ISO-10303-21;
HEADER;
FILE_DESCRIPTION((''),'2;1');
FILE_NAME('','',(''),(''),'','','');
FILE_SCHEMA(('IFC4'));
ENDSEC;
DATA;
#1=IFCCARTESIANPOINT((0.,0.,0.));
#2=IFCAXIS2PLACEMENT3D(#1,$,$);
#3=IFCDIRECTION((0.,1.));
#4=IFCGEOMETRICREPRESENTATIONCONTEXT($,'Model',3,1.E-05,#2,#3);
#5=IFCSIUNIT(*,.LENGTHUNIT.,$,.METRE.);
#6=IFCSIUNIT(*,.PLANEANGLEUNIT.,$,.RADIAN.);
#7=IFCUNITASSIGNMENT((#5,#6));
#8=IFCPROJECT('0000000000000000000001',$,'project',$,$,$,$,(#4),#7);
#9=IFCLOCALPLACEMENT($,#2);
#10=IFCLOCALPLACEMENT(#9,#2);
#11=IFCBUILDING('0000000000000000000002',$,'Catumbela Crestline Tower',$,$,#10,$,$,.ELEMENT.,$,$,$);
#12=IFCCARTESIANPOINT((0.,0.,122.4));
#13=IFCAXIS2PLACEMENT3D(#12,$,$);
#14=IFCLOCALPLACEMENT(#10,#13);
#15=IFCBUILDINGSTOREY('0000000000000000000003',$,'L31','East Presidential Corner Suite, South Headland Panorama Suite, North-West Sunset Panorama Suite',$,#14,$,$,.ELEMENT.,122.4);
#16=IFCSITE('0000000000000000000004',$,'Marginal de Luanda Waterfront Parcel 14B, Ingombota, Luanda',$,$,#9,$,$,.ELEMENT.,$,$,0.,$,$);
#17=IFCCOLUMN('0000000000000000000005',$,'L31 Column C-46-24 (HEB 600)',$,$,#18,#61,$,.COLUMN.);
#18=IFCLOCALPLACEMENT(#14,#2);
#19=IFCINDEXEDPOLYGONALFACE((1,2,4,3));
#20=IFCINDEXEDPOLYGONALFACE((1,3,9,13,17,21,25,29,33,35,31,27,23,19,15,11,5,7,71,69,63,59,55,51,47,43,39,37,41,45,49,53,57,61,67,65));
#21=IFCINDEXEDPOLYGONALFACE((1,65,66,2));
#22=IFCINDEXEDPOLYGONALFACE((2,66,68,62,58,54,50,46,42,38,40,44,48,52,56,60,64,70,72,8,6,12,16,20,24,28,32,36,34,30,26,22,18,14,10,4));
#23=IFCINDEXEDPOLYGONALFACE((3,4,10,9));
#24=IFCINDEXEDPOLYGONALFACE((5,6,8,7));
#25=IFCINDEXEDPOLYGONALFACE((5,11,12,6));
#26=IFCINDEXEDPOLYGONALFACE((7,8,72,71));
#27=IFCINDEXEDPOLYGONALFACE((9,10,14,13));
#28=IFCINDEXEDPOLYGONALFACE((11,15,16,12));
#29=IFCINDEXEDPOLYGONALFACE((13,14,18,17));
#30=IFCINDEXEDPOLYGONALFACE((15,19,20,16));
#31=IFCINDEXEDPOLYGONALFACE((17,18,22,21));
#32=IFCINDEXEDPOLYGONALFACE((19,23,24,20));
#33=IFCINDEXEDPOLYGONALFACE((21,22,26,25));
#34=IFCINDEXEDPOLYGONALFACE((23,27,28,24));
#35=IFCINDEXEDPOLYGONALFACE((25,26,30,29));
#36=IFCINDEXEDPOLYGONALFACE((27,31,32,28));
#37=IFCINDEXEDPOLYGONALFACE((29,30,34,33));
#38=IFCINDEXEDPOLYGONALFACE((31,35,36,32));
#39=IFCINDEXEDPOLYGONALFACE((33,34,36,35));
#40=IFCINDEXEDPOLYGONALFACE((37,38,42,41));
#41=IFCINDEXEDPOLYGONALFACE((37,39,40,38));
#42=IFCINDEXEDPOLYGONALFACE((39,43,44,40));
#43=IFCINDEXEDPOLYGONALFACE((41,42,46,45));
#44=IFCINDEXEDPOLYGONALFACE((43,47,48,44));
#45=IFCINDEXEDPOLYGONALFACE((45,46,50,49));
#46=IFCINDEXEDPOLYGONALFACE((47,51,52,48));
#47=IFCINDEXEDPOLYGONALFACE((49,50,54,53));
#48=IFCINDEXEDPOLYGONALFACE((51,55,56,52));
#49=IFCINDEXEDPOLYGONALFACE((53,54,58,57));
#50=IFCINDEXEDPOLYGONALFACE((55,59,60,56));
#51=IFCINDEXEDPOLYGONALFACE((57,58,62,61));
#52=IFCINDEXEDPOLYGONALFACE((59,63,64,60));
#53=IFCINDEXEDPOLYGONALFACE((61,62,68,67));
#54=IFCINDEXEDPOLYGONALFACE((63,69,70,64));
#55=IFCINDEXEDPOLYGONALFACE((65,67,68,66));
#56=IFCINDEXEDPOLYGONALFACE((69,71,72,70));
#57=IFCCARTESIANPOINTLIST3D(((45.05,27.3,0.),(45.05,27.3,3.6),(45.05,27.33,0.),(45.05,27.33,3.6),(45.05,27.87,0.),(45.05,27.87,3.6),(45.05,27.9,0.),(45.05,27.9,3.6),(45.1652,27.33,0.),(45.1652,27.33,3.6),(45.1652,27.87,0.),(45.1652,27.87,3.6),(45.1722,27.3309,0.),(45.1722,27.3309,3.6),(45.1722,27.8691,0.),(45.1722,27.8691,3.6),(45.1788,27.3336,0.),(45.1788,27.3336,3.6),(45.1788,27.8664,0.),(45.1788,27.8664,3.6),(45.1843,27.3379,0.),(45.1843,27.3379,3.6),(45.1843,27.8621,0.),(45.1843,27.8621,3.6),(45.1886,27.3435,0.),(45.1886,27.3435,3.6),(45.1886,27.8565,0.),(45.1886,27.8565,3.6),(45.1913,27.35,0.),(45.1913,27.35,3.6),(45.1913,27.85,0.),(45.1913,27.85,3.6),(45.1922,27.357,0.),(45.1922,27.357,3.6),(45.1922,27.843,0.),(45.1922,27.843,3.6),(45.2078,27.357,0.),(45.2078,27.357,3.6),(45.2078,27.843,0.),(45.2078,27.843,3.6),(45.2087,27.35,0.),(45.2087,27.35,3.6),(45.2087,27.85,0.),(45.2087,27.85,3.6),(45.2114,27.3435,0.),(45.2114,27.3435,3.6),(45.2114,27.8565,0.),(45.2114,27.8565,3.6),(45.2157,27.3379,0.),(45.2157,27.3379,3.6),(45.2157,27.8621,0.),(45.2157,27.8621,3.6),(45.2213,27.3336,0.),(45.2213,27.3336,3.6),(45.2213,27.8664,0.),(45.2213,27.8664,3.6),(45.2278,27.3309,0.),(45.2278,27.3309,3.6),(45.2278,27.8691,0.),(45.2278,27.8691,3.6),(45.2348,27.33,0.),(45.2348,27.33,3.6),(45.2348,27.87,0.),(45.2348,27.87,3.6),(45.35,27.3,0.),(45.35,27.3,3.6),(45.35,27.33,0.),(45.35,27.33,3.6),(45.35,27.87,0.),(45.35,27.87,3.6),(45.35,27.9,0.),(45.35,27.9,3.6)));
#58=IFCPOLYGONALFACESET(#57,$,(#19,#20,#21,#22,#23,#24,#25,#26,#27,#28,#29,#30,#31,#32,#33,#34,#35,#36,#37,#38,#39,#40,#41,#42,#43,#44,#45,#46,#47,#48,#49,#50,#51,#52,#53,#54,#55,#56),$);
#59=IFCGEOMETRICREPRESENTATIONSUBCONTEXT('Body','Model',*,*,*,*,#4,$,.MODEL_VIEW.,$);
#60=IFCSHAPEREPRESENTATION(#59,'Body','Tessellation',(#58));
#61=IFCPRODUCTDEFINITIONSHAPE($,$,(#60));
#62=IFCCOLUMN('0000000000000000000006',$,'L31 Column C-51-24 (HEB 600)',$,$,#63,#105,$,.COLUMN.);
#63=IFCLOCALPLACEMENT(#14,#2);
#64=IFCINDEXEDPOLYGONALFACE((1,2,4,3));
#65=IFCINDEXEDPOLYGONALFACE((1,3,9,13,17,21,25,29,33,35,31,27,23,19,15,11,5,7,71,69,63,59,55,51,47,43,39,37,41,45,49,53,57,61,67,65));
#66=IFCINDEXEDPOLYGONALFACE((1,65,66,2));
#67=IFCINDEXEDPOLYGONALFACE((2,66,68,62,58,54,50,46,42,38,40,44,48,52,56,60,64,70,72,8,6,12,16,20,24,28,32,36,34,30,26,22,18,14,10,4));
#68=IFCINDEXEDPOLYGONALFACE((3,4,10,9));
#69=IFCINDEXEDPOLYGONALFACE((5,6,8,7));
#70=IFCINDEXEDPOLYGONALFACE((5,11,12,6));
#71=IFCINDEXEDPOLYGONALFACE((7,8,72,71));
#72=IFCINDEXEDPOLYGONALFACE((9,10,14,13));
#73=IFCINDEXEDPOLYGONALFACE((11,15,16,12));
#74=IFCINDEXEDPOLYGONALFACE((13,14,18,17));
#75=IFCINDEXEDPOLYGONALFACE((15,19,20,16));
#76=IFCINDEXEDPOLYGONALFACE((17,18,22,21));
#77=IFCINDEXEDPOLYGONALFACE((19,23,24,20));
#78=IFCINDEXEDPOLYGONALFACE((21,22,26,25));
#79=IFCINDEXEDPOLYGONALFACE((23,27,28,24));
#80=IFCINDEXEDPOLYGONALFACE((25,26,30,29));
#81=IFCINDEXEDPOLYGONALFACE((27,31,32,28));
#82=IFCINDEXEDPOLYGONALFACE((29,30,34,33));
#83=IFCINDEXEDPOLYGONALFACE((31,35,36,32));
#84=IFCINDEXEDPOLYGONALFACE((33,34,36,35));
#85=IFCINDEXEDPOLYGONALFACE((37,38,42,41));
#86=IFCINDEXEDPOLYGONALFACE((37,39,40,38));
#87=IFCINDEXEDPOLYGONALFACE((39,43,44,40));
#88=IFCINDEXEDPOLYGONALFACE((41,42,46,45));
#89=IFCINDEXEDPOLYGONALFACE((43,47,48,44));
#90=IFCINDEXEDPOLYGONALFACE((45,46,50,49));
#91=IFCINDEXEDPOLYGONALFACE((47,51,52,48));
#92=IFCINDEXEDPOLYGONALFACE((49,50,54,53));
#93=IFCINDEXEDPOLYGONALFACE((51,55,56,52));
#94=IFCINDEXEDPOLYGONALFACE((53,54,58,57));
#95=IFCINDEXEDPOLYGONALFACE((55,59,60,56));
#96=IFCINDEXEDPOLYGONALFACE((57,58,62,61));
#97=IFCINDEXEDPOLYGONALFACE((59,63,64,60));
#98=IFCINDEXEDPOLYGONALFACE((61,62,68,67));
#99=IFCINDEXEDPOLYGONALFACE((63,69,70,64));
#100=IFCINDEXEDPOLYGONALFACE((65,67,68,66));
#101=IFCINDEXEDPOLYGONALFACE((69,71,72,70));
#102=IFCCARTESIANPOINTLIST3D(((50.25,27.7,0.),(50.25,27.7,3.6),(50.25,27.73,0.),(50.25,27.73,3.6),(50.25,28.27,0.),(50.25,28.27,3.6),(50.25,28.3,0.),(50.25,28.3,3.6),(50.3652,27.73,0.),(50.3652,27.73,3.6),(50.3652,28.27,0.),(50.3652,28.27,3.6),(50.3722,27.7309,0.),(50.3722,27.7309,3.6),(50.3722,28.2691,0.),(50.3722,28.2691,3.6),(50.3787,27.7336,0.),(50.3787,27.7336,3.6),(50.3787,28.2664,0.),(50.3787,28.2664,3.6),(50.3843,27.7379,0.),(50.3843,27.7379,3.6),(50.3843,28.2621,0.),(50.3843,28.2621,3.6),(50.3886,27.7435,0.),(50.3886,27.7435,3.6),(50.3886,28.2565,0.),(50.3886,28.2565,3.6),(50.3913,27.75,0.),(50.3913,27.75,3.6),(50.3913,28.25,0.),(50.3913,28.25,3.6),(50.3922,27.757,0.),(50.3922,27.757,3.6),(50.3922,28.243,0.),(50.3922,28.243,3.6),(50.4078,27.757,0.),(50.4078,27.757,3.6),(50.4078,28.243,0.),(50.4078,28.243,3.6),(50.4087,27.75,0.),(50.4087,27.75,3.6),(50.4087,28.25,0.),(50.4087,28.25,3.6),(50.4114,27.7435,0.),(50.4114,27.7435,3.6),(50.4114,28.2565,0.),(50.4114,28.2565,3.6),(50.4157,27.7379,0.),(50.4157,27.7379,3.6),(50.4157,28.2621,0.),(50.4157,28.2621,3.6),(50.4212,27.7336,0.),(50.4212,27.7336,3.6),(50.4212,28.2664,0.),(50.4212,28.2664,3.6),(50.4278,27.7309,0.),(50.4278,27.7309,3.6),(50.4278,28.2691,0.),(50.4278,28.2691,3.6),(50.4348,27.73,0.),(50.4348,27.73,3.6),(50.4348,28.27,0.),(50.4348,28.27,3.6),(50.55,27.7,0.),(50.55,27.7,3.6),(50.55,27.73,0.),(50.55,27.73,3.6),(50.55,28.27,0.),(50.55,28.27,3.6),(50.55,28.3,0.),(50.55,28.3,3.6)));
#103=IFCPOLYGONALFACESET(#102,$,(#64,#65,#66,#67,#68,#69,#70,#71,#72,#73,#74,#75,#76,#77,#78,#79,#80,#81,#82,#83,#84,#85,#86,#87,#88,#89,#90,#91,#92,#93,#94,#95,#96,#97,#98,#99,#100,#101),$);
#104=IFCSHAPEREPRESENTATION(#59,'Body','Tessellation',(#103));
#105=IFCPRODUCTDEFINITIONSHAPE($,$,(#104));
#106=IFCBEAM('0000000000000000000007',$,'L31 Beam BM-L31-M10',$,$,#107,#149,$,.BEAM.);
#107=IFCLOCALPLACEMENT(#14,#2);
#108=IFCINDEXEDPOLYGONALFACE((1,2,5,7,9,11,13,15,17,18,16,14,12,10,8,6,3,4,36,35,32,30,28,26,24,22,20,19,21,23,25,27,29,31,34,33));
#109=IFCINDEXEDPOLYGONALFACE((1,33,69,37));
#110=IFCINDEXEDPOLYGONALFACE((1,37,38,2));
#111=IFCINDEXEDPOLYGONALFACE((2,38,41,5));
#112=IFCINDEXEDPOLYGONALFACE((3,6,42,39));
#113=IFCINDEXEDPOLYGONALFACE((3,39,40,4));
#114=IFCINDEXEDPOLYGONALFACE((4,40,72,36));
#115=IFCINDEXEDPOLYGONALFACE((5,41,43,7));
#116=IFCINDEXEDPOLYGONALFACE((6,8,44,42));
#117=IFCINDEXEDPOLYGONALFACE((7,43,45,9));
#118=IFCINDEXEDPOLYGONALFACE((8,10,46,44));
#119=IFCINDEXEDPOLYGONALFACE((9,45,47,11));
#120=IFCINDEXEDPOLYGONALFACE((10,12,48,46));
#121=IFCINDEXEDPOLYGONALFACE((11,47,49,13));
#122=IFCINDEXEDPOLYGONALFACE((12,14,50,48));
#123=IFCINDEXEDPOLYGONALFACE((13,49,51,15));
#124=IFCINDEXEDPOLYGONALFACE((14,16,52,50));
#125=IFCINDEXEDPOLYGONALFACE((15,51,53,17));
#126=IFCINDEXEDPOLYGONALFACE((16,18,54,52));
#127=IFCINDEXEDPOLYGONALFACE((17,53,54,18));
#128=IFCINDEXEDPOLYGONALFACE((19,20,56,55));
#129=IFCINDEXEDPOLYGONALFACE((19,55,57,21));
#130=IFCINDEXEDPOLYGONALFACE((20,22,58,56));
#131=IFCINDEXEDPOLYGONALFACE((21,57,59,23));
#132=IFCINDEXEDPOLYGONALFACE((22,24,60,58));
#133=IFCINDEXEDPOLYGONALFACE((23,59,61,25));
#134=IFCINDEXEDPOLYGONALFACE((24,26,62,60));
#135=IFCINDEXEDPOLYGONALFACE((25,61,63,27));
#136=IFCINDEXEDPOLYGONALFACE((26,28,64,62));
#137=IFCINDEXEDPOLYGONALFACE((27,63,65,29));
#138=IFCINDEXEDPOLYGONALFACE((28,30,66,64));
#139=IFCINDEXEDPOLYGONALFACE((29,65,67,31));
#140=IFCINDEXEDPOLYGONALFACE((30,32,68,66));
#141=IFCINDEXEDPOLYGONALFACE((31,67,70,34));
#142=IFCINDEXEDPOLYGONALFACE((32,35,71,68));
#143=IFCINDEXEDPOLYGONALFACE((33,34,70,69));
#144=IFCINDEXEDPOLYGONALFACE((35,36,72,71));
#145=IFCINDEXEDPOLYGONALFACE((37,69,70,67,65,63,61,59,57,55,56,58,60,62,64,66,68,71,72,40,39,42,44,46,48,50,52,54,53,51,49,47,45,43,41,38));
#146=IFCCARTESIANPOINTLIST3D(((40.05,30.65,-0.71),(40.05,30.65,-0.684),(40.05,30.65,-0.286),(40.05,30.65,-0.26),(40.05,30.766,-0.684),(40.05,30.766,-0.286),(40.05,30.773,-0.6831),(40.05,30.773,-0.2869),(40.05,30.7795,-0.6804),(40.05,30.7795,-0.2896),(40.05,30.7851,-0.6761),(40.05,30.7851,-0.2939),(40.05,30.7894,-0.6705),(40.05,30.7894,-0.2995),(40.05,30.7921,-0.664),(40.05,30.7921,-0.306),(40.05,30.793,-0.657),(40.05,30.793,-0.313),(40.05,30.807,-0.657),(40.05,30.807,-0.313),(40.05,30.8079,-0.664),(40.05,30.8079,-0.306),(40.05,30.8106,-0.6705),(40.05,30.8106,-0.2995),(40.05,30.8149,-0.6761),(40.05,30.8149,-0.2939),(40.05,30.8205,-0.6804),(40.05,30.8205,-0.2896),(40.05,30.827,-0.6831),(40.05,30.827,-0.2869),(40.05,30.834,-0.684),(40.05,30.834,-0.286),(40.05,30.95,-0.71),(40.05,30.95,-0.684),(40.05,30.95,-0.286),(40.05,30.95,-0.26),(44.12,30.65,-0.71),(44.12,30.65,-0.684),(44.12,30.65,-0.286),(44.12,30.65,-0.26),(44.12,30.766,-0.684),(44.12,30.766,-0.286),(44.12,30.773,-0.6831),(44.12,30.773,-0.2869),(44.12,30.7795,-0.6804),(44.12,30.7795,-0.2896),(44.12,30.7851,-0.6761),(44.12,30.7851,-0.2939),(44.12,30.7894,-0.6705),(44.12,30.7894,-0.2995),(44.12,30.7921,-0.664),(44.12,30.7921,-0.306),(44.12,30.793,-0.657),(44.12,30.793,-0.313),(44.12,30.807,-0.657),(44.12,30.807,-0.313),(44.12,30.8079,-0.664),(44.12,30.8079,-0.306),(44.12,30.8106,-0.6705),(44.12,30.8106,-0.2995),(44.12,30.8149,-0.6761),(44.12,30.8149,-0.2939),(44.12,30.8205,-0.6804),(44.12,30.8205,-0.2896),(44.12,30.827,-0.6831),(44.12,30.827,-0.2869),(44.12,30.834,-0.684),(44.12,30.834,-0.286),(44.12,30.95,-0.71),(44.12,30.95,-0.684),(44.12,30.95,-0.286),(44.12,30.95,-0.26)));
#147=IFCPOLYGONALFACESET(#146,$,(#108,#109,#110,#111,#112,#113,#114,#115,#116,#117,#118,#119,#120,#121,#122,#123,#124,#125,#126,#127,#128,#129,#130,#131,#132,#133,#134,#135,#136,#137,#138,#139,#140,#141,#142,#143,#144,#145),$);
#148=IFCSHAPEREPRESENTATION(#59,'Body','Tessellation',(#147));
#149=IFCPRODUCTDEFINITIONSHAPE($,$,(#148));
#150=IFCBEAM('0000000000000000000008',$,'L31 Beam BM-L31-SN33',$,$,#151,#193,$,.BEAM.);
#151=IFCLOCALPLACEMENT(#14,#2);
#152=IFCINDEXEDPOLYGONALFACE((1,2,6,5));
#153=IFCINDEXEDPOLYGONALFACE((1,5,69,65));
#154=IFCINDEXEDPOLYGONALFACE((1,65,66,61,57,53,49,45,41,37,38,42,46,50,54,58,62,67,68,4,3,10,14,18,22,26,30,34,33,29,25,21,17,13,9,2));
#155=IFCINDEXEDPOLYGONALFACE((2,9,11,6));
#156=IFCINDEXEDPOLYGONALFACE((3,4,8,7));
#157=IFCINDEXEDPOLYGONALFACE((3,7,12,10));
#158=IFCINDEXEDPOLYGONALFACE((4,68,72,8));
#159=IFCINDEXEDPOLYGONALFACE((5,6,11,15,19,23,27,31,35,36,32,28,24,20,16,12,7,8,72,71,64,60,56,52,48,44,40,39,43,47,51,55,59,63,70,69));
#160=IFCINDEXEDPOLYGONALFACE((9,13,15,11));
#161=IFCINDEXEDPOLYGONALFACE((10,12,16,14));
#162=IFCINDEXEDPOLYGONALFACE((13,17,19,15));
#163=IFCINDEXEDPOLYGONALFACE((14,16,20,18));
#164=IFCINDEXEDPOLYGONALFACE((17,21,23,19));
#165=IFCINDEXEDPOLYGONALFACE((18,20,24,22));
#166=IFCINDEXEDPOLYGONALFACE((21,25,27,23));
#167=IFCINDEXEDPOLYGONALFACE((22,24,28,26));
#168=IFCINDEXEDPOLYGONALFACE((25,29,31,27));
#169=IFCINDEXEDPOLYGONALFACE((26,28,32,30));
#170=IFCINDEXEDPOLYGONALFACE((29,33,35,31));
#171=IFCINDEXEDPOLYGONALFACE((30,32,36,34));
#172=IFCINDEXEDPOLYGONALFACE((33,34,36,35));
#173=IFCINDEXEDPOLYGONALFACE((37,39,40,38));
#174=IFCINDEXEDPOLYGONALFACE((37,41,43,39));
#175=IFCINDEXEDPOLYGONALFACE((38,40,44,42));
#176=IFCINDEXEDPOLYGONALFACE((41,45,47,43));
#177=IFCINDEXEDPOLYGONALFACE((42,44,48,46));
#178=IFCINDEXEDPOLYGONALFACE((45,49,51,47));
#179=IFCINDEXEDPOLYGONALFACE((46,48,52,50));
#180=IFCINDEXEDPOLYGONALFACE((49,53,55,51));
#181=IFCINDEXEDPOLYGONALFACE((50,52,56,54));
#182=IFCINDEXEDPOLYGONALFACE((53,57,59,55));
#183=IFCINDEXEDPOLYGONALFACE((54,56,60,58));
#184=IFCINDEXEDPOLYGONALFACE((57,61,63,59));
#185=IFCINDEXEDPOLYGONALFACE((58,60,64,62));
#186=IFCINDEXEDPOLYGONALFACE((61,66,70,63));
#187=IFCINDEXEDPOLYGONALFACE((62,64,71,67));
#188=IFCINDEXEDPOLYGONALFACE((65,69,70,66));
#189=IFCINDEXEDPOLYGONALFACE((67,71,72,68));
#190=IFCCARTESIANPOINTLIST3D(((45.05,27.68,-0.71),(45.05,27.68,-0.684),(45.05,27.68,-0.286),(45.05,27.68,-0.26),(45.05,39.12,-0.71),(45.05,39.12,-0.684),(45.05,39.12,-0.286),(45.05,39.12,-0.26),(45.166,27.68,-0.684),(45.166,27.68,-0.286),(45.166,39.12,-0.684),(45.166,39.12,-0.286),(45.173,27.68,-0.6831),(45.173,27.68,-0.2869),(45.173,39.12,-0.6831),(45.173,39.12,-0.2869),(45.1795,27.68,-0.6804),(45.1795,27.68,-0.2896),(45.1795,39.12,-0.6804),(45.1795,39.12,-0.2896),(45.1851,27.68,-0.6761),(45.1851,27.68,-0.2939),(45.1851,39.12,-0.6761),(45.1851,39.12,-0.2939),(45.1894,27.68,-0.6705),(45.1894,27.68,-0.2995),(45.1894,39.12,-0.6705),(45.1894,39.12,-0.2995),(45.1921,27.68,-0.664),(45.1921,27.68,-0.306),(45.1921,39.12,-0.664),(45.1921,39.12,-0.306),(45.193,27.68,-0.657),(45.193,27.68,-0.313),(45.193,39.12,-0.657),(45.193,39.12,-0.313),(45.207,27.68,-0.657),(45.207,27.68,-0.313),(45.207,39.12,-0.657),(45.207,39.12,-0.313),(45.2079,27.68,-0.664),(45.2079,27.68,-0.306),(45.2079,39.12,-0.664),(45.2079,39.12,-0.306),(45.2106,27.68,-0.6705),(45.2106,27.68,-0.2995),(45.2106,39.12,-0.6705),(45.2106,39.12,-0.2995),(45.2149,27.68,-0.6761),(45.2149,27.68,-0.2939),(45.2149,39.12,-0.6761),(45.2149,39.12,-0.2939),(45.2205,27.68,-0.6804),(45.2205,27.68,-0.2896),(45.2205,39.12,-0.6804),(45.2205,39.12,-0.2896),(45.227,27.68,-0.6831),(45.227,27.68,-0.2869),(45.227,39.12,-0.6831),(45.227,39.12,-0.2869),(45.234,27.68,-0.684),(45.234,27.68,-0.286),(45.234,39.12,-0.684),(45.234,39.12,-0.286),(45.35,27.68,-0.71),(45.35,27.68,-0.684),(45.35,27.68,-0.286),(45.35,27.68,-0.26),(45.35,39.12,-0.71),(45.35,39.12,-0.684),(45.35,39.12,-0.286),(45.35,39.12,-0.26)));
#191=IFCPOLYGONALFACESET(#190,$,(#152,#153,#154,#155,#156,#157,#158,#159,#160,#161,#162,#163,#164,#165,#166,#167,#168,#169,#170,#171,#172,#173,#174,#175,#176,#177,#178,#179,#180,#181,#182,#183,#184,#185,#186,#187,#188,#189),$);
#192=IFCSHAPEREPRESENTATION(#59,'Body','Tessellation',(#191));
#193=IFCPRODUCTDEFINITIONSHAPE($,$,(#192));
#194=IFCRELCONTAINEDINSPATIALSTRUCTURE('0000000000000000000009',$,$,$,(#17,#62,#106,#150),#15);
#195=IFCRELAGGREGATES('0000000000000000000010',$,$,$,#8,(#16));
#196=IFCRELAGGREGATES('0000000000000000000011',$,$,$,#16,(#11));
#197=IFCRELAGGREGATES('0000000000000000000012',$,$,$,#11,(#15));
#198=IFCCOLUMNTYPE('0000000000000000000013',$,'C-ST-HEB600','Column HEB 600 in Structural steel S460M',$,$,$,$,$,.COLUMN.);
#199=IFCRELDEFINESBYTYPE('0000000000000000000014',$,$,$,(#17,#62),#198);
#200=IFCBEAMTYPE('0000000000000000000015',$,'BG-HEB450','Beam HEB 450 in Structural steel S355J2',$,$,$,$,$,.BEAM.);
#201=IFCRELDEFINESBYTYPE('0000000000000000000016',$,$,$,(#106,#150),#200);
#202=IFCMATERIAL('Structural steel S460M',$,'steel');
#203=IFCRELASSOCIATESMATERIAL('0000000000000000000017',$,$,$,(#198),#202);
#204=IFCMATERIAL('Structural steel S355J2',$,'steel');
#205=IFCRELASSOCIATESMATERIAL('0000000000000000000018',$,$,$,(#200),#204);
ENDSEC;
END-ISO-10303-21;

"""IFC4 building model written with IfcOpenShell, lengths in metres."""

from ifc_helpers import new_model, si_unit, direction, frame, origin, origin_2d, place, context, subcontext, project, spatial, i_section, extrude, material, material_profile, profile_set, type_object, element, save


model = new_model("IFC4")

# Units and contexts
model_context = context("Model", 3, precision=1e-05, world=origin(), true_north=direction((0.0, 1.0)))
body_context = subcontext(model_context, "Body", "Model", "MODEL_VIEW")
ifc_project = project(units=[si_unit("LENGTHUNIT", "METRE"), si_unit("PLANEANGLEUNIT", "RADIAN")], contexts=[model_context])

# Site, building, storey
site_placement = place(None, origin())
site = spatial("IfcSite", under=ifc_project, at=site_placement, Name="Marginal de Luanda Waterfront Parcel 14B, Ingombota, Luanda", CompositionType="ELEMENT", RefElevation=0.0)
building_placement = place(site_placement, origin())
building = spatial("IfcBuilding", under=site, at=building_placement, Name="Catumbela Crestline Tower", CompositionType="ELEMENT")
storey_placement = place(building_placement, frame((0.0, 0.0, 122.4)))
storey = spatial("IfcBuildingStorey", under=building, at=storey_placement, Name="L31", Description="East Presidential Corner Suite, South Headland Panorama Suite, North-West Sunset Panorama Suite", CompositionType="ELEMENT", Elevation=122.4)

# Columns
ifc_material_1 = material(Name="Structural steel S460M", Category="steel")
ifc_material_profile_1 = material_profile(ifc_material_1, i_section(OverallWidth=0.3, OverallDepth=0.6, WebThickness=0.0155, FlangeThickness=0.03, FilletRadius=0.027, at=origin_2d()), Name="HEB 600")
ifc_profile_set_1 = profile_set([ifc_material_profile_1], Name="Structural steel S460M")
column_type = type_object("IfcColumnType", Name="C-ST-HEB600", Description="Column HEB 600 in Structural steel S460M", PredefinedType="COLUMN", material=ifc_profile_set_1)
for number, where, z_axis, x_axis, name in (
    (1, (45.2, 27.6, 0.0), (0.0, 0.0, 1.0), (1.0, 0.0, 0.0), "L31 Column C-46-24 (HEB 600)"),
    (2, (50.4, 28.0, 0.0), (0.0, 0.0, 1.0), (1.0, 0.0, 0.0), "L31 Column C-51-24 (HEB 600)"),
):
    element("IfcColumn", number, at=place(storey_placement, frame(where, z_axis=z_axis, x_axis=x_axis)), inside=storey, type_object=column_type, Name=name, PredefinedType="COLUMN", context=body_context, shape_type="SweptSolid", body=[
        extrude(i_section(OverallWidth=0.3, OverallDepth=0.6, WebThickness=0.0155, FlangeThickness=0.03, FilletRadius=0.027, at=origin_2d()), origin(), (0.0, 0.0, 1.0), 3.6),
    ])

# Beams
ifc_material_2 = material(Name="Structural steel S355J2", Category="steel")
ifc_material_profile_2 = material_profile(ifc_material_2, i_section(OverallWidth=0.3, OverallDepth=0.45, WebThickness=0.014, FlangeThickness=0.026, FilletRadius=0.027, at=origin_2d()), Name="HEB 450")
ifc_profile_set_2 = profile_set([ifc_material_profile_2], Name="Structural steel S355J2")
beam_type_1 = type_object("IfcBeamType", Name="BG-HEB450", Description="Beam HEB 450 in Structural steel S355J2", PredefinedType="BEAM", material=ifc_profile_set_2)
beam_1_placement = place(storey_placement, frame((40.05, 30.8, -0.485), z_axis=(1.0, 0.0, 0.0), x_axis=(0.0, 1.0, 0.0)))
element("IfcBeam", 3, at=beam_1_placement, inside=storey, type_object=beam_type_1, Name="L31 Beam BM-L31-M10", PredefinedType="BEAM", context=body_context, shape_type="SweptSolid", body=[
    extrude(i_section(OverallWidth=0.3, OverallDepth=0.45, WebThickness=0.014, FlangeThickness=0.026, FilletRadius=0.027, at=origin_2d()), origin(), (0.0, 0.0, 1.0), 4.07),
])
beam_2_placement = place(storey_placement, frame((45.2, 27.68, -0.485), z_axis=(0.0, 1.0, 0.0), x_axis=(-1.0, 0.0, 0.0)))
element("IfcBeam", 4, at=beam_2_placement, inside=storey, type_object=beam_type_1, Name="L31 Beam BM-L31-SN33", PredefinedType="BEAM", context=body_context, shape_type="SweptSolid", body=[
    extrude(i_section(OverallWidth=0.3, OverallDepth=0.45, WebThickness=0.014, FlangeThickness=0.026, FilletRadius=0.027, at=origin_2d()), origin(), (0.0, 0.0, 1.0), 11.44),
])

save(model, "model.ifc")
